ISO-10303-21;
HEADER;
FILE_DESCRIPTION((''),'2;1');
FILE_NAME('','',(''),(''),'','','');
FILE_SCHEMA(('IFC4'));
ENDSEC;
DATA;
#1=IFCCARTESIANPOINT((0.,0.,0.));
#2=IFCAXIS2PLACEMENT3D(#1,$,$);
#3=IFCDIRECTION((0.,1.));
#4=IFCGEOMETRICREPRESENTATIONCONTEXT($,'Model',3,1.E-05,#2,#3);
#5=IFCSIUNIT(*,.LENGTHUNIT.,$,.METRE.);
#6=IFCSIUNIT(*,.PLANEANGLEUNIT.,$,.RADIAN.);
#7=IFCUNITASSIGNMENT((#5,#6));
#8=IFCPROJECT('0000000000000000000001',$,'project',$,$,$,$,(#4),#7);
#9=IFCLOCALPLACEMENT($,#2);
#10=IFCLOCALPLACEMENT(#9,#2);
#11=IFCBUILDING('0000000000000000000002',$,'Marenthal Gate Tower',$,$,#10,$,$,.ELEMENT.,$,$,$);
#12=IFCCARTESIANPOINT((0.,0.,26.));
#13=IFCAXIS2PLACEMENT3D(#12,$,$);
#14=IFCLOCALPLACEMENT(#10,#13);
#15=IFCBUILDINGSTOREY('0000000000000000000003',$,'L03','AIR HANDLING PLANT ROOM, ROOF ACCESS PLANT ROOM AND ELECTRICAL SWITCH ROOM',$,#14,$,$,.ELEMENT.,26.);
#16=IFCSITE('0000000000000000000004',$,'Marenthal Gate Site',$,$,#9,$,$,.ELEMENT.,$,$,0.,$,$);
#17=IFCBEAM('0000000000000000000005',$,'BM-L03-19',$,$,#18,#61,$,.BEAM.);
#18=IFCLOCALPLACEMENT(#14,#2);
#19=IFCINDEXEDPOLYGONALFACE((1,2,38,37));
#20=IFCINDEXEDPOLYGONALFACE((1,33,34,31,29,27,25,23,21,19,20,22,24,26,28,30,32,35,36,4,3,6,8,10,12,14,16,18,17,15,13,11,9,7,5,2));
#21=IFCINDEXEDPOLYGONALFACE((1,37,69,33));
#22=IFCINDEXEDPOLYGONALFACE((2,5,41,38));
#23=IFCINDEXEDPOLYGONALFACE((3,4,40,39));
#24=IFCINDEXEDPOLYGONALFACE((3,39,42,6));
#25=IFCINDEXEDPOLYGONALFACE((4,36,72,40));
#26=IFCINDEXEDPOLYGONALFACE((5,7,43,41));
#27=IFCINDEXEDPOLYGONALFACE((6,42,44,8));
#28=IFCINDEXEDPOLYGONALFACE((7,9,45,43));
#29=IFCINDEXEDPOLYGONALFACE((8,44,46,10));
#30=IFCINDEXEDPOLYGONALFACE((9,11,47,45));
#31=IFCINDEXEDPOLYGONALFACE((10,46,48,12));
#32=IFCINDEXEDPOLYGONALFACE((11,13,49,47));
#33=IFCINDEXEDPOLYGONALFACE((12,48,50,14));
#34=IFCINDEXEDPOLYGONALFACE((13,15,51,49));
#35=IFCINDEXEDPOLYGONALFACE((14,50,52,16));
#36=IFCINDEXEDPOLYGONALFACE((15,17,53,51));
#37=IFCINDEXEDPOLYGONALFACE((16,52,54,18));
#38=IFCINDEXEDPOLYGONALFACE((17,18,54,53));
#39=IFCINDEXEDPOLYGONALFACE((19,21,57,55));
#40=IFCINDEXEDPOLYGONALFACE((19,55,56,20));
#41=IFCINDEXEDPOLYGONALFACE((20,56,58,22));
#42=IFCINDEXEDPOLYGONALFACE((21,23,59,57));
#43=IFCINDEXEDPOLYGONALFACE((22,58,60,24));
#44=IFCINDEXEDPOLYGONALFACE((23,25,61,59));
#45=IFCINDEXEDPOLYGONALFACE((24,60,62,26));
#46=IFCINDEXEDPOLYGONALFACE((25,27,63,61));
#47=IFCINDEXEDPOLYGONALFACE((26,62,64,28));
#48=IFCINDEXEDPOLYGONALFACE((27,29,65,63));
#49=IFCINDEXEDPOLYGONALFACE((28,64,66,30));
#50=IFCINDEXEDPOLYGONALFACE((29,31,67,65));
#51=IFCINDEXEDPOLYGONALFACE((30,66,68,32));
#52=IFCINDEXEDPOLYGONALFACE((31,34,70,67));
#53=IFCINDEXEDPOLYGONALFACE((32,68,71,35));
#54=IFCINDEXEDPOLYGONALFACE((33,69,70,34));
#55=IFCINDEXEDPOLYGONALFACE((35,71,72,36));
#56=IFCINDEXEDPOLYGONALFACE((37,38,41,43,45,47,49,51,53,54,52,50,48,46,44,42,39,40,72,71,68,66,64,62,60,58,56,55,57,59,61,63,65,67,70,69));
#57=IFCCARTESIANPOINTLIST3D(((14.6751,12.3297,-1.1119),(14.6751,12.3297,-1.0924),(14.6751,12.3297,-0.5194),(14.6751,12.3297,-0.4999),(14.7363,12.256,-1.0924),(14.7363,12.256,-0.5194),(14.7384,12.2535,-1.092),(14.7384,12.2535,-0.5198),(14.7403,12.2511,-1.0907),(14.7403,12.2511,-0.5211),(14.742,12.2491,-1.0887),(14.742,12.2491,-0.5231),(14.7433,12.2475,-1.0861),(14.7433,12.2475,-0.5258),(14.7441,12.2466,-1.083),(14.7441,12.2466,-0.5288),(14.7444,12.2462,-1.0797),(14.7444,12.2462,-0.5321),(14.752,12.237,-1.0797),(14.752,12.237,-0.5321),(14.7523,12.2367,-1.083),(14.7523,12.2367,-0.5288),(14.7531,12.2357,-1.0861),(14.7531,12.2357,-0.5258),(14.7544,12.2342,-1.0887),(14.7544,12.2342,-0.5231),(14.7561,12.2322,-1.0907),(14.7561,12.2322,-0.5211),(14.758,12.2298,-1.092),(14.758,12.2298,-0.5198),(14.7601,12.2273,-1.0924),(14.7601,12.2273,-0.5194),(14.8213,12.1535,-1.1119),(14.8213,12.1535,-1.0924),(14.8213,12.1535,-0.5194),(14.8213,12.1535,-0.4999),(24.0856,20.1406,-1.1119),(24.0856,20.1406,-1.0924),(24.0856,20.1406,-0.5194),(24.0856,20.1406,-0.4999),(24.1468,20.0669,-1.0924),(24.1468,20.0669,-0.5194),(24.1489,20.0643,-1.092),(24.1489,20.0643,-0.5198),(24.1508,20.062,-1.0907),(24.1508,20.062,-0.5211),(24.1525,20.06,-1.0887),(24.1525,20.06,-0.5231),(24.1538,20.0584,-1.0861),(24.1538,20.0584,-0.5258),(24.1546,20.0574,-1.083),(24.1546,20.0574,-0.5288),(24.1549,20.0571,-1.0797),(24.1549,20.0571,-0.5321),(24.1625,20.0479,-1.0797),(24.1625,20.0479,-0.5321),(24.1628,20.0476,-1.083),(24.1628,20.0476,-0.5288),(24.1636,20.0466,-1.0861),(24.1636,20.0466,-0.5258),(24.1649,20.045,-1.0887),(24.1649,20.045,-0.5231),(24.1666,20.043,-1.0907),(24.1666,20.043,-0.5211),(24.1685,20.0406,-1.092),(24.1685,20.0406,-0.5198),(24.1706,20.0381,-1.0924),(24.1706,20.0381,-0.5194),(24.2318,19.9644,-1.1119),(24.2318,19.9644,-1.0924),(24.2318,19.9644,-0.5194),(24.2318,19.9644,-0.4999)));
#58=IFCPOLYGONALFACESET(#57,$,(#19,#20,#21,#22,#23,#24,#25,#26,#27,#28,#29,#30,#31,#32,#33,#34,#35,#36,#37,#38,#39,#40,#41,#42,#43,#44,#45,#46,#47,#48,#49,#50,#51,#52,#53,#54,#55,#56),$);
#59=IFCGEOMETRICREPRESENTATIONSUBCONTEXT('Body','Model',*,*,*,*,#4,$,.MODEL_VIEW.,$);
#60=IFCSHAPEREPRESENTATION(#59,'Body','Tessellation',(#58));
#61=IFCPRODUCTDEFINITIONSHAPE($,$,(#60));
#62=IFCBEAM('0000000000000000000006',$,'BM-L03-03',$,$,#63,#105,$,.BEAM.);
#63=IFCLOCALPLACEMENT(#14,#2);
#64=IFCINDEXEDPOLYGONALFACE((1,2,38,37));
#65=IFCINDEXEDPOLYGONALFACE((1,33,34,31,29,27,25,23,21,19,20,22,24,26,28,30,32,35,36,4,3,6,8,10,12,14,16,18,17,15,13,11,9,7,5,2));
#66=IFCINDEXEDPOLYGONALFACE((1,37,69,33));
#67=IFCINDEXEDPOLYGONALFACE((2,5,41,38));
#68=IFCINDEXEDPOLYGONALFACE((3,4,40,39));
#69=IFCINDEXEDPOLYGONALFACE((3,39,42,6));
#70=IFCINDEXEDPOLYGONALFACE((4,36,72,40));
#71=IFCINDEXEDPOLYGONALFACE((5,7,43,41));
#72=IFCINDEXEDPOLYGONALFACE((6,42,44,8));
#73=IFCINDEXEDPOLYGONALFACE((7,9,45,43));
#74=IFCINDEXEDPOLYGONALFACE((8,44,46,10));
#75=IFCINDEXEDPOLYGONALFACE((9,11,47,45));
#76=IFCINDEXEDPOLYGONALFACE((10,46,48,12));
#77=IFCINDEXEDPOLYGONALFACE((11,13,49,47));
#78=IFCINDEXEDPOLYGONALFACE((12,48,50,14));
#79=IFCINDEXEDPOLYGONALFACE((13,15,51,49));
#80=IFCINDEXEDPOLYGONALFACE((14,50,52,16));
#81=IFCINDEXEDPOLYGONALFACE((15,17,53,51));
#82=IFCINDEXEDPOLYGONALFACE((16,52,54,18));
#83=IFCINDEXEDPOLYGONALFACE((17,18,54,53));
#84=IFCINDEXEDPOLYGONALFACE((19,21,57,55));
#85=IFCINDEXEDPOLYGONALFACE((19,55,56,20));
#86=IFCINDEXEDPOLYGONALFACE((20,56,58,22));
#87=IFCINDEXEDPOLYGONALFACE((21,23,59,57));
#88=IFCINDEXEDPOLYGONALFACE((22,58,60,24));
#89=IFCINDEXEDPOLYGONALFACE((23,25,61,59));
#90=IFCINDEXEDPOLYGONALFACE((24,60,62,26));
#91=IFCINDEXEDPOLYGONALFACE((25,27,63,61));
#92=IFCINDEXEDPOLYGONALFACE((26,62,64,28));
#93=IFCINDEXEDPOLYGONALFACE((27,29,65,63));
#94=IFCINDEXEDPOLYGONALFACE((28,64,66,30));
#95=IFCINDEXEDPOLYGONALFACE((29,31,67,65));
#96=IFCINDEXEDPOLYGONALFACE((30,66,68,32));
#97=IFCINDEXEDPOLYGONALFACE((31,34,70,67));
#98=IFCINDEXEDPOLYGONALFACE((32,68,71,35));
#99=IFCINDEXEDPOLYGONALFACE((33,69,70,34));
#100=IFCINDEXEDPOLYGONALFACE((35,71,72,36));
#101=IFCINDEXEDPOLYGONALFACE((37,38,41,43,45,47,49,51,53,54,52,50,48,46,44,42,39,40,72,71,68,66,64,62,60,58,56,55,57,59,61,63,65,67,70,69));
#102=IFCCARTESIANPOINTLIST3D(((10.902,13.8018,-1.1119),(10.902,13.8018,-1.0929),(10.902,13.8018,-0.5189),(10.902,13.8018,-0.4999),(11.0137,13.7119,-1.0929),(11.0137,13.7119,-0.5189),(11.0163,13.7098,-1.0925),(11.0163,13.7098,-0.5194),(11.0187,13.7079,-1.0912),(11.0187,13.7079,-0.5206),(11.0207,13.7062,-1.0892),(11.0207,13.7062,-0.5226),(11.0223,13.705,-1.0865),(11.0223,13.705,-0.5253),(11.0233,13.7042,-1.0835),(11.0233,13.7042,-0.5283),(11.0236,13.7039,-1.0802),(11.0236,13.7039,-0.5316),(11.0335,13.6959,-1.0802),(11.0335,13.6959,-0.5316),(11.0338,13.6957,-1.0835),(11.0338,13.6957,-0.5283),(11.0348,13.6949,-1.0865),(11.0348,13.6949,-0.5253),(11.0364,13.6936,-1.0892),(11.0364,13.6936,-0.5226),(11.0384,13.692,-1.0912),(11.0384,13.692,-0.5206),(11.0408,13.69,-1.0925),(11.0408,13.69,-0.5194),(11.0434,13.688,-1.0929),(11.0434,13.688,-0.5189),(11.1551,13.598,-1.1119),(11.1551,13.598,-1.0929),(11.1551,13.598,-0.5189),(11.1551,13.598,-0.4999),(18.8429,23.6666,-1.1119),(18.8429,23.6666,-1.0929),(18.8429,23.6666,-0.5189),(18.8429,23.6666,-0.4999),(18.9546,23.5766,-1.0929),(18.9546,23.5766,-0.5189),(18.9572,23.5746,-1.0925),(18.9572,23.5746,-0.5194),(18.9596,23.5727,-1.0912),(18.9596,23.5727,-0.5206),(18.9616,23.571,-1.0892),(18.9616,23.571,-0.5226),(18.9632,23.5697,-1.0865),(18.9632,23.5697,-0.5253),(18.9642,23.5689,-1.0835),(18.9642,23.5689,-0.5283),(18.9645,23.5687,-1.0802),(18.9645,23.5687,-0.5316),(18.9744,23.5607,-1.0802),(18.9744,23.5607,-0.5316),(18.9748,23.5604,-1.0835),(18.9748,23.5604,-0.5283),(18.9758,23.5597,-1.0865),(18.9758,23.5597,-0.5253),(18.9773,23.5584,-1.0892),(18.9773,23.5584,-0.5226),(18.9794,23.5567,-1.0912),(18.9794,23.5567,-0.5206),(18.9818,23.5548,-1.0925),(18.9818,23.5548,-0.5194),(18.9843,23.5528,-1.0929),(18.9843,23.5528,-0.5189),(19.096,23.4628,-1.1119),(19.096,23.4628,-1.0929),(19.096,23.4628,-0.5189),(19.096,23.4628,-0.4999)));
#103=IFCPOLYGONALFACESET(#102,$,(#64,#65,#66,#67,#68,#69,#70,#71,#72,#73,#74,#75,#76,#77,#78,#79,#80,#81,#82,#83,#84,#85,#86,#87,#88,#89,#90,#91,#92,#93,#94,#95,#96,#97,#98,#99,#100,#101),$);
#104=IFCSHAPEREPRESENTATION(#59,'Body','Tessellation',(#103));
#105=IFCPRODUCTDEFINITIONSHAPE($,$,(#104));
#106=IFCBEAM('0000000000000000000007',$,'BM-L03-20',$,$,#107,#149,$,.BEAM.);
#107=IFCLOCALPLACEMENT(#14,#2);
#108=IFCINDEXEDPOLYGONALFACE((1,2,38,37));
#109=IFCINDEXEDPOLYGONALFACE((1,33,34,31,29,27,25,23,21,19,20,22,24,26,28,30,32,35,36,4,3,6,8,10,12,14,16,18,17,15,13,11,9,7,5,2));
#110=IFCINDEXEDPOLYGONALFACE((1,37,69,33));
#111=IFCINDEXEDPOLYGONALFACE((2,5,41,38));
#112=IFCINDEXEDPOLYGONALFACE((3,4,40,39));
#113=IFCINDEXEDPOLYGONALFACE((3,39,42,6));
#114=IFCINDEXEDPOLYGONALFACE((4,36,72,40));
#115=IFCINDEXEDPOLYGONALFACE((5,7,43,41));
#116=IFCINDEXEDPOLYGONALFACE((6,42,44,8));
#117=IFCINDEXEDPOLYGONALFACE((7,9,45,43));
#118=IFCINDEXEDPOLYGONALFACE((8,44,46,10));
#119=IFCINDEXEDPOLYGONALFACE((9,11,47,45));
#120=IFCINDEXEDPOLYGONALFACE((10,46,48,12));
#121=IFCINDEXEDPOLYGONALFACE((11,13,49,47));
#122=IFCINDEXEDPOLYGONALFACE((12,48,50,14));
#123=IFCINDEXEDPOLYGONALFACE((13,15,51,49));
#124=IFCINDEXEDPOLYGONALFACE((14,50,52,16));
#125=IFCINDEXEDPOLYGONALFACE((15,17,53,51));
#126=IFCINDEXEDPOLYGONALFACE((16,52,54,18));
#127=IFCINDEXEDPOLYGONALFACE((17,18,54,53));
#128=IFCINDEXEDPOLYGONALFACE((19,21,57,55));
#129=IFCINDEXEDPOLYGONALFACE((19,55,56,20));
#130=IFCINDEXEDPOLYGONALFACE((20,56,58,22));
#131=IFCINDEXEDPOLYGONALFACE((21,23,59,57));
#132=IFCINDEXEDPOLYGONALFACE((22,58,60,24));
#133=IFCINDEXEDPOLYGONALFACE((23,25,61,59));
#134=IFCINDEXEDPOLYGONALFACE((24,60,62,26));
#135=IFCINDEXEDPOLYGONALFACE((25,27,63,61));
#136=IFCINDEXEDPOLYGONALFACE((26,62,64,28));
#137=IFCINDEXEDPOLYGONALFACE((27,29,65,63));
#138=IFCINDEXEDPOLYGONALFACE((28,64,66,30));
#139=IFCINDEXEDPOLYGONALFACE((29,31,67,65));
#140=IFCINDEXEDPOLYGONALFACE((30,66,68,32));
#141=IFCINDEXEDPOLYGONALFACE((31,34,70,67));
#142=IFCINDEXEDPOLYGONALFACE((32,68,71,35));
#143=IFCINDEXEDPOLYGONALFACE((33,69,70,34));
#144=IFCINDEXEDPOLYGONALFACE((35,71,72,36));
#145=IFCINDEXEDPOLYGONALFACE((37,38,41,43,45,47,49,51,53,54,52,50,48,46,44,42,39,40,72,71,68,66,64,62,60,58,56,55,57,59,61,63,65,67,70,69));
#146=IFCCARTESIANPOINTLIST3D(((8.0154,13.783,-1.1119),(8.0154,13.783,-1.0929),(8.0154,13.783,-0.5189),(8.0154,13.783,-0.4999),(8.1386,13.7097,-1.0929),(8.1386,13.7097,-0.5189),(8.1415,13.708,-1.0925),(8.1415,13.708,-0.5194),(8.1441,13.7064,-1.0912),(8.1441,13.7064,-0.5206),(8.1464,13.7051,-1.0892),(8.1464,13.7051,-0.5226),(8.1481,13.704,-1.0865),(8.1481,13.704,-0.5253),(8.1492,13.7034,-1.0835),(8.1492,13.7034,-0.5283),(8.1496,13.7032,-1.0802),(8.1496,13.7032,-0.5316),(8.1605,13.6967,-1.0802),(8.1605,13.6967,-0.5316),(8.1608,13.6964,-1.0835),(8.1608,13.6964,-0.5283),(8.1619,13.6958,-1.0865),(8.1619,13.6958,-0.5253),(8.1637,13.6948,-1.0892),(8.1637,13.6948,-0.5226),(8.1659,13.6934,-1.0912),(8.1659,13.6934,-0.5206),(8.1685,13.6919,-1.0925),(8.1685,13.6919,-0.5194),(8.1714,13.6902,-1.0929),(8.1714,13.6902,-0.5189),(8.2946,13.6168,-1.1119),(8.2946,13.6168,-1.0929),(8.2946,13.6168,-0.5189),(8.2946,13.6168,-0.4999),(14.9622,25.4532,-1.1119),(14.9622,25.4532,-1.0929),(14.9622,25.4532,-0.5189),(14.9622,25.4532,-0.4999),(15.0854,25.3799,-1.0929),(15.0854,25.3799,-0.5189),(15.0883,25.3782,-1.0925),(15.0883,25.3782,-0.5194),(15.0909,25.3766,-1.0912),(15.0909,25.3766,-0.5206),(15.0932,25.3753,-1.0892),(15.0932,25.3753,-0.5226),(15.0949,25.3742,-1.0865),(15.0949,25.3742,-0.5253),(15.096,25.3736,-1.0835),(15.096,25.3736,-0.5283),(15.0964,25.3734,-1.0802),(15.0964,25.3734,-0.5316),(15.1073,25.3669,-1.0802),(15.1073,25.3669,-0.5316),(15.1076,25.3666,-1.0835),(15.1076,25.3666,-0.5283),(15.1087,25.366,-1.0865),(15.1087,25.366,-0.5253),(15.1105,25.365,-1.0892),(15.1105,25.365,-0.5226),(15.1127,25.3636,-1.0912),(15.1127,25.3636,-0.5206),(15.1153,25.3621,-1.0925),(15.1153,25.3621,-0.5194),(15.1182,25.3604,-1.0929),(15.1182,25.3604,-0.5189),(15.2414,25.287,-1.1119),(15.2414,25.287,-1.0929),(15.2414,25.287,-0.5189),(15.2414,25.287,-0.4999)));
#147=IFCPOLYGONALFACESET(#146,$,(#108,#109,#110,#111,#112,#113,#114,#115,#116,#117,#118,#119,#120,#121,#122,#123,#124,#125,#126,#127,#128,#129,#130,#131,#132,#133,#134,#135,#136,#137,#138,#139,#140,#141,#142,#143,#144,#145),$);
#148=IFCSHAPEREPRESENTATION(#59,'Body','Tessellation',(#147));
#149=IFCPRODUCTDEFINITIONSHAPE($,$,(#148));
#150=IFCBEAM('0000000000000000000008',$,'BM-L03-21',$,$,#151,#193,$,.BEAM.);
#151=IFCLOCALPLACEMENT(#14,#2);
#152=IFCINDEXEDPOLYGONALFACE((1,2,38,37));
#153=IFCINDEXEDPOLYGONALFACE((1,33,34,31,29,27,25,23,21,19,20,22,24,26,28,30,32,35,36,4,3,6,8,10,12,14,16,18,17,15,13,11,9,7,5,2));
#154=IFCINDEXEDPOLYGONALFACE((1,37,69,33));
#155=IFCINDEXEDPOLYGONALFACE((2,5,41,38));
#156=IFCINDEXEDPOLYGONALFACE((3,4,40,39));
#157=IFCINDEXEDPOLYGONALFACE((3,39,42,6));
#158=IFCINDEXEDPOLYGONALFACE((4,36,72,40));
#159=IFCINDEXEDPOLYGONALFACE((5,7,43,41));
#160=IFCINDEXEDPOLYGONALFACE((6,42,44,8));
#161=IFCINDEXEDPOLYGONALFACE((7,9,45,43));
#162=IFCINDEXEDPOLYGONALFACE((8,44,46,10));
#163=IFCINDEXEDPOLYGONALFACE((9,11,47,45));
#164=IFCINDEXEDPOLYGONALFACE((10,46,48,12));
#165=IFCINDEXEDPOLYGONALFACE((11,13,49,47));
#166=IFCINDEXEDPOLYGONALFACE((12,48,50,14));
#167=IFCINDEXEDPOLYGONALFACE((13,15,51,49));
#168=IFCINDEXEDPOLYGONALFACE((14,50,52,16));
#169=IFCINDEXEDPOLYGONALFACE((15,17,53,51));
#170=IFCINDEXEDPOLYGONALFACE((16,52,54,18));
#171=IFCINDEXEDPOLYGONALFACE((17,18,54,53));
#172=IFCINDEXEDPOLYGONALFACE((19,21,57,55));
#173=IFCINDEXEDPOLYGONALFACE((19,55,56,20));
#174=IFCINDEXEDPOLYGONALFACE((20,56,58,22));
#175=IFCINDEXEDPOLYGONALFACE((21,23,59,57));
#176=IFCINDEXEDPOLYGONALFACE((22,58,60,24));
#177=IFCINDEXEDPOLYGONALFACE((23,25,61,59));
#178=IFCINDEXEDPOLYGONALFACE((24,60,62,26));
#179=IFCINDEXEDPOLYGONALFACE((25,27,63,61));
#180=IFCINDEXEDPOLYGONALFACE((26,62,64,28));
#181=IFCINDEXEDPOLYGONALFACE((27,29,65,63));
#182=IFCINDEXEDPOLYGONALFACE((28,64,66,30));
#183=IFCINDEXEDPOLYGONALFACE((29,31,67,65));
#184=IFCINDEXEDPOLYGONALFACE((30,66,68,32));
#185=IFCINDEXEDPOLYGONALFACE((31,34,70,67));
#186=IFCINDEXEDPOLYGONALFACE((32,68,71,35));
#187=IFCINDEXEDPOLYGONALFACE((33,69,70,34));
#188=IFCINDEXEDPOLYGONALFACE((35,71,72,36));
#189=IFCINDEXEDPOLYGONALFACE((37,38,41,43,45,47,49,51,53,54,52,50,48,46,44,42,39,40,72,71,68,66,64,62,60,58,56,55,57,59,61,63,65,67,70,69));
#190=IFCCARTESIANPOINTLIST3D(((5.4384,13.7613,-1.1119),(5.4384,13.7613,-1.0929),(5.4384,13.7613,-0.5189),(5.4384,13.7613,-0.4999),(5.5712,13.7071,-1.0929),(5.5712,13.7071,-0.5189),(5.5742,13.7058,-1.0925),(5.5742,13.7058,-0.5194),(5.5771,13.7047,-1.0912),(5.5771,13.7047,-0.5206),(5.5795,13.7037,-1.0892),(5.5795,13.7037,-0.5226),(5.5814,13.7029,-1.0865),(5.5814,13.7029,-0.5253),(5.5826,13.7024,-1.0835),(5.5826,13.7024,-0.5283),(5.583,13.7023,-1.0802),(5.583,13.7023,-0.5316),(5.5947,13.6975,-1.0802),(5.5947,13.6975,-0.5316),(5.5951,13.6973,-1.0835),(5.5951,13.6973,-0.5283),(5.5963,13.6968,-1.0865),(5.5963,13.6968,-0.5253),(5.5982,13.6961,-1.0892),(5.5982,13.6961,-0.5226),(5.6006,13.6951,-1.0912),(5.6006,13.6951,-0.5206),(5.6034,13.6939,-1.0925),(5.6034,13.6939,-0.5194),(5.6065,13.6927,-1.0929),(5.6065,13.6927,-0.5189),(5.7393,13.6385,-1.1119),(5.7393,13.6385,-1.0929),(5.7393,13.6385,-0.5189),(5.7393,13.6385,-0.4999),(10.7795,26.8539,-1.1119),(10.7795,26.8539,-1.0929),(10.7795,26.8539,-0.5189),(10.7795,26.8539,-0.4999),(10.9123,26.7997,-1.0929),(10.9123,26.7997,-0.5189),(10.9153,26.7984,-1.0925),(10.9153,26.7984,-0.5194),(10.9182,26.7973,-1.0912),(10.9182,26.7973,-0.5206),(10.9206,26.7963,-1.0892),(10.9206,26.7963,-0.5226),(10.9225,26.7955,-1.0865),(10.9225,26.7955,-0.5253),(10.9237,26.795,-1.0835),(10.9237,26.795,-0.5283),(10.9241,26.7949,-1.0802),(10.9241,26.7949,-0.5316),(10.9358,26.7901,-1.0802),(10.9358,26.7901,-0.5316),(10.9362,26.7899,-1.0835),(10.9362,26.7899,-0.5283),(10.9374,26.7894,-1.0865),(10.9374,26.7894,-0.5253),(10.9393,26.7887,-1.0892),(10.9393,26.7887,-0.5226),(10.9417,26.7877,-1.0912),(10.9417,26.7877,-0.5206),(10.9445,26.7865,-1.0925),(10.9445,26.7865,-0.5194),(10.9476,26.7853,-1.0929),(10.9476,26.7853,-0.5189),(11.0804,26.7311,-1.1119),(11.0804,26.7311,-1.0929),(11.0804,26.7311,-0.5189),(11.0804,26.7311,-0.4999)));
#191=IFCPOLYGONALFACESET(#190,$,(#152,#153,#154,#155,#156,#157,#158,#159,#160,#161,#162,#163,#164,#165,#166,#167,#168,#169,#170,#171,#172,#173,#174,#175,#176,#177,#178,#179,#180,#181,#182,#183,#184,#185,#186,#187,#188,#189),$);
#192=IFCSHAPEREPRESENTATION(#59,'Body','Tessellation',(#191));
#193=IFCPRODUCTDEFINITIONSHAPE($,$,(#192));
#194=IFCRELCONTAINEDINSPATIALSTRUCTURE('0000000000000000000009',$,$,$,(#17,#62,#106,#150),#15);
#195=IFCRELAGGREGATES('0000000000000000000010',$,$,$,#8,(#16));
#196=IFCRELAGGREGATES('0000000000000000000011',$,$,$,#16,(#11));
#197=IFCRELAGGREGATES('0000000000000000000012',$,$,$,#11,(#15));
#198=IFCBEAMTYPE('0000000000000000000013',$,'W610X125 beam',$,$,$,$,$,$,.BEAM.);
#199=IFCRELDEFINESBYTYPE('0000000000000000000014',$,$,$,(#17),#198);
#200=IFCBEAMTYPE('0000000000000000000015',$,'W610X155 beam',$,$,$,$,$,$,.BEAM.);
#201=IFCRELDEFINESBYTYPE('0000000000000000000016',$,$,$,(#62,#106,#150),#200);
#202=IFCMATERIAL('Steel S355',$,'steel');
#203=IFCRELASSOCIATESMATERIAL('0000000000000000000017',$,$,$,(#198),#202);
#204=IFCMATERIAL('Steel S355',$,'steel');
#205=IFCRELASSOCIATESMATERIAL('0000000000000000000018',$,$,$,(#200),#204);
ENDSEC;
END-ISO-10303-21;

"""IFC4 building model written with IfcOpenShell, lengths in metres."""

from ifc_helpers import new_model, si_unit, direction, frame, origin, origin_2d, place, context, subcontext, project, spatial, i_section, extrude, material, material_profile, profile_set, type_object, element, save


model = new_model("IFC4")

# Units and contexts
model_context = context("Model", 3, precision=1e-05, world=origin(), true_north=direction((0.0, 1.0)))
body_context = subcontext(model_context, "Body", "Model", "MODEL_VIEW")
ifc_project = project(units=[si_unit("LENGTHUNIT", "METRE"), si_unit("PLANEANGLEUNIT", "RADIAN")], contexts=[model_context])

# Site, building, storey
site_placement = place(None, origin())
site = spatial("IfcSite", under=ifc_project, at=site_placement, Name="Marenthal Gate Site", CompositionType="ELEMENT", RefElevation=0.0)
building_placement = place(site_placement, origin())
building = spatial("IfcBuilding", under=site, at=building_placement, Name="Marenthal Gate Tower", CompositionType="ELEMENT")
storey_placement = place(building_placement, frame((0.0, 0.0, 26.0)))
storey = spatial("IfcBuildingStorey", under=building, at=storey_placement, Name="L03", Description="AIR HANDLING PLANT ROOM, ROOF ACCESS PLANT ROOM AND ELECTRICAL SWITCH ROOM", CompositionType="ELEMENT", Elevation=26.0)

# Beams
ifc_material_1 = material(Name="Steel S355", Category="steel")
ifc_material_profile_1 = material_profile(ifc_material_1, i_section(OverallWidth=0.229, OverallDepth=0.6121, WebThickness=0.012, FlangeThickness=0.0195, FilletRadius=0.0127, at=origin_2d()), Name="W610X125")
ifc_profile_set_1 = profile_set([ifc_material_profile_1], Name="Steel S355")
beam_type_1 = type_object("IfcBeamType", Name="W610X125 beam", PredefinedType="BEAM", material=ifc_profile_set_1)
beam_1_placement = place(storey_placement, frame((24.1587, 20.0525, -0.8059), z_axis=(-0.769475, -0.638677, 0.0), x_axis=(0.638677, -0.769475, 0.0)))
element("IfcBeam", 1, at=beam_1_placement, inside=storey, type_object=beam_type_1, Name="BM-L03-19", PredefinedType="BEAM", context=body_context, shape_type="SweptSolid", body=[
    extrude(i_section(OverallWidth=0.229, OverallDepth=0.6121, WebThickness=0.012, FlangeThickness=0.0195, FilletRadius=0.0127, at=origin_2d()), origin(), (0.0, 0.0, 1.0), 12.2297),
])
ifc_material_2 = material(Name="Steel S355", Category="steel")
ifc_material_profile_2 = material_profile(ifc_material_2, i_section(OverallWidth=0.325, OverallDepth=0.6121, WebThickness=0.0127, FlangeThickness=0.019, FilletRadius=0.0127, at=origin_2d()), Name="W610X155")
ifc_profile_set_2 = profile_set([ifc_material_profile_2], Name="Steel S355")
beam_type_2 = type_object("IfcBeamType", Name="W610X155 beam", PredefinedType="BEAM", material=ifc_profile_set_2)
beam_2_placement = place(storey_placement, frame((18.9695, 23.5647, -0.8059), z_axis=(-0.627057, -0.778973, 0.0), x_axis=(0.778973, -0.627057, 0.0)))
element("IfcBeam", 2, at=beam_2_placement, inside=storey, type_object=beam_type_2, Name="BM-L03-03", PredefinedType="BEAM", context=body_context, shape_type="SweptSolid", body=[
    extrude(i_section(OverallWidth=0.325, OverallDepth=0.6121, WebThickness=0.0127, FlangeThickness=0.019, FilletRadius=0.0127, at=origin_2d()), origin(), (0.0, 0.0, 1.0), 12.6638),
])
beam_3_placement = place(storey_placement, frame((15.1018, 25.3701, -0.8059), z_axis=(-0.511497, -0.859285, 0.0), x_axis=(0.859285, -0.511497, 0.0)))
element("IfcBeam", 3, at=beam_3_placement, inside=storey, type_object=beam_type_2, Name="BM-L03-20", PredefinedType="BEAM", context=body_context, shape_type="SweptSolid", body=[
    extrude(i_section(OverallWidth=0.325, OverallDepth=0.6121, WebThickness=0.0127, FlangeThickness=0.019, FilletRadius=0.0127, at=origin_2d()), origin(), (0.0, 0.0, 1.0), 13.5813),
])
beam_4_placement = place(storey_placement, frame((10.9299, 26.7925, -0.8059), z_axis=(-0.377726, -0.925918, 0.0), x_axis=(0.925918, -0.377726, 0.0)))
element("IfcBeam", 4, at=beam_4_placement, inside=storey, type_object=beam_type_2, Name="BM-L03-21", PredefinedType="BEAM", context=body_context, shape_type="SweptSolid", body=[
    extrude(i_section(OverallWidth=0.325, OverallDepth=0.6121, WebThickness=0.0127, FlangeThickness=0.019, FilletRadius=0.0127, at=origin_2d()), origin(), (0.0, 0.0, 1.0), 14.1401),
])

save(model, "model.ifc")
